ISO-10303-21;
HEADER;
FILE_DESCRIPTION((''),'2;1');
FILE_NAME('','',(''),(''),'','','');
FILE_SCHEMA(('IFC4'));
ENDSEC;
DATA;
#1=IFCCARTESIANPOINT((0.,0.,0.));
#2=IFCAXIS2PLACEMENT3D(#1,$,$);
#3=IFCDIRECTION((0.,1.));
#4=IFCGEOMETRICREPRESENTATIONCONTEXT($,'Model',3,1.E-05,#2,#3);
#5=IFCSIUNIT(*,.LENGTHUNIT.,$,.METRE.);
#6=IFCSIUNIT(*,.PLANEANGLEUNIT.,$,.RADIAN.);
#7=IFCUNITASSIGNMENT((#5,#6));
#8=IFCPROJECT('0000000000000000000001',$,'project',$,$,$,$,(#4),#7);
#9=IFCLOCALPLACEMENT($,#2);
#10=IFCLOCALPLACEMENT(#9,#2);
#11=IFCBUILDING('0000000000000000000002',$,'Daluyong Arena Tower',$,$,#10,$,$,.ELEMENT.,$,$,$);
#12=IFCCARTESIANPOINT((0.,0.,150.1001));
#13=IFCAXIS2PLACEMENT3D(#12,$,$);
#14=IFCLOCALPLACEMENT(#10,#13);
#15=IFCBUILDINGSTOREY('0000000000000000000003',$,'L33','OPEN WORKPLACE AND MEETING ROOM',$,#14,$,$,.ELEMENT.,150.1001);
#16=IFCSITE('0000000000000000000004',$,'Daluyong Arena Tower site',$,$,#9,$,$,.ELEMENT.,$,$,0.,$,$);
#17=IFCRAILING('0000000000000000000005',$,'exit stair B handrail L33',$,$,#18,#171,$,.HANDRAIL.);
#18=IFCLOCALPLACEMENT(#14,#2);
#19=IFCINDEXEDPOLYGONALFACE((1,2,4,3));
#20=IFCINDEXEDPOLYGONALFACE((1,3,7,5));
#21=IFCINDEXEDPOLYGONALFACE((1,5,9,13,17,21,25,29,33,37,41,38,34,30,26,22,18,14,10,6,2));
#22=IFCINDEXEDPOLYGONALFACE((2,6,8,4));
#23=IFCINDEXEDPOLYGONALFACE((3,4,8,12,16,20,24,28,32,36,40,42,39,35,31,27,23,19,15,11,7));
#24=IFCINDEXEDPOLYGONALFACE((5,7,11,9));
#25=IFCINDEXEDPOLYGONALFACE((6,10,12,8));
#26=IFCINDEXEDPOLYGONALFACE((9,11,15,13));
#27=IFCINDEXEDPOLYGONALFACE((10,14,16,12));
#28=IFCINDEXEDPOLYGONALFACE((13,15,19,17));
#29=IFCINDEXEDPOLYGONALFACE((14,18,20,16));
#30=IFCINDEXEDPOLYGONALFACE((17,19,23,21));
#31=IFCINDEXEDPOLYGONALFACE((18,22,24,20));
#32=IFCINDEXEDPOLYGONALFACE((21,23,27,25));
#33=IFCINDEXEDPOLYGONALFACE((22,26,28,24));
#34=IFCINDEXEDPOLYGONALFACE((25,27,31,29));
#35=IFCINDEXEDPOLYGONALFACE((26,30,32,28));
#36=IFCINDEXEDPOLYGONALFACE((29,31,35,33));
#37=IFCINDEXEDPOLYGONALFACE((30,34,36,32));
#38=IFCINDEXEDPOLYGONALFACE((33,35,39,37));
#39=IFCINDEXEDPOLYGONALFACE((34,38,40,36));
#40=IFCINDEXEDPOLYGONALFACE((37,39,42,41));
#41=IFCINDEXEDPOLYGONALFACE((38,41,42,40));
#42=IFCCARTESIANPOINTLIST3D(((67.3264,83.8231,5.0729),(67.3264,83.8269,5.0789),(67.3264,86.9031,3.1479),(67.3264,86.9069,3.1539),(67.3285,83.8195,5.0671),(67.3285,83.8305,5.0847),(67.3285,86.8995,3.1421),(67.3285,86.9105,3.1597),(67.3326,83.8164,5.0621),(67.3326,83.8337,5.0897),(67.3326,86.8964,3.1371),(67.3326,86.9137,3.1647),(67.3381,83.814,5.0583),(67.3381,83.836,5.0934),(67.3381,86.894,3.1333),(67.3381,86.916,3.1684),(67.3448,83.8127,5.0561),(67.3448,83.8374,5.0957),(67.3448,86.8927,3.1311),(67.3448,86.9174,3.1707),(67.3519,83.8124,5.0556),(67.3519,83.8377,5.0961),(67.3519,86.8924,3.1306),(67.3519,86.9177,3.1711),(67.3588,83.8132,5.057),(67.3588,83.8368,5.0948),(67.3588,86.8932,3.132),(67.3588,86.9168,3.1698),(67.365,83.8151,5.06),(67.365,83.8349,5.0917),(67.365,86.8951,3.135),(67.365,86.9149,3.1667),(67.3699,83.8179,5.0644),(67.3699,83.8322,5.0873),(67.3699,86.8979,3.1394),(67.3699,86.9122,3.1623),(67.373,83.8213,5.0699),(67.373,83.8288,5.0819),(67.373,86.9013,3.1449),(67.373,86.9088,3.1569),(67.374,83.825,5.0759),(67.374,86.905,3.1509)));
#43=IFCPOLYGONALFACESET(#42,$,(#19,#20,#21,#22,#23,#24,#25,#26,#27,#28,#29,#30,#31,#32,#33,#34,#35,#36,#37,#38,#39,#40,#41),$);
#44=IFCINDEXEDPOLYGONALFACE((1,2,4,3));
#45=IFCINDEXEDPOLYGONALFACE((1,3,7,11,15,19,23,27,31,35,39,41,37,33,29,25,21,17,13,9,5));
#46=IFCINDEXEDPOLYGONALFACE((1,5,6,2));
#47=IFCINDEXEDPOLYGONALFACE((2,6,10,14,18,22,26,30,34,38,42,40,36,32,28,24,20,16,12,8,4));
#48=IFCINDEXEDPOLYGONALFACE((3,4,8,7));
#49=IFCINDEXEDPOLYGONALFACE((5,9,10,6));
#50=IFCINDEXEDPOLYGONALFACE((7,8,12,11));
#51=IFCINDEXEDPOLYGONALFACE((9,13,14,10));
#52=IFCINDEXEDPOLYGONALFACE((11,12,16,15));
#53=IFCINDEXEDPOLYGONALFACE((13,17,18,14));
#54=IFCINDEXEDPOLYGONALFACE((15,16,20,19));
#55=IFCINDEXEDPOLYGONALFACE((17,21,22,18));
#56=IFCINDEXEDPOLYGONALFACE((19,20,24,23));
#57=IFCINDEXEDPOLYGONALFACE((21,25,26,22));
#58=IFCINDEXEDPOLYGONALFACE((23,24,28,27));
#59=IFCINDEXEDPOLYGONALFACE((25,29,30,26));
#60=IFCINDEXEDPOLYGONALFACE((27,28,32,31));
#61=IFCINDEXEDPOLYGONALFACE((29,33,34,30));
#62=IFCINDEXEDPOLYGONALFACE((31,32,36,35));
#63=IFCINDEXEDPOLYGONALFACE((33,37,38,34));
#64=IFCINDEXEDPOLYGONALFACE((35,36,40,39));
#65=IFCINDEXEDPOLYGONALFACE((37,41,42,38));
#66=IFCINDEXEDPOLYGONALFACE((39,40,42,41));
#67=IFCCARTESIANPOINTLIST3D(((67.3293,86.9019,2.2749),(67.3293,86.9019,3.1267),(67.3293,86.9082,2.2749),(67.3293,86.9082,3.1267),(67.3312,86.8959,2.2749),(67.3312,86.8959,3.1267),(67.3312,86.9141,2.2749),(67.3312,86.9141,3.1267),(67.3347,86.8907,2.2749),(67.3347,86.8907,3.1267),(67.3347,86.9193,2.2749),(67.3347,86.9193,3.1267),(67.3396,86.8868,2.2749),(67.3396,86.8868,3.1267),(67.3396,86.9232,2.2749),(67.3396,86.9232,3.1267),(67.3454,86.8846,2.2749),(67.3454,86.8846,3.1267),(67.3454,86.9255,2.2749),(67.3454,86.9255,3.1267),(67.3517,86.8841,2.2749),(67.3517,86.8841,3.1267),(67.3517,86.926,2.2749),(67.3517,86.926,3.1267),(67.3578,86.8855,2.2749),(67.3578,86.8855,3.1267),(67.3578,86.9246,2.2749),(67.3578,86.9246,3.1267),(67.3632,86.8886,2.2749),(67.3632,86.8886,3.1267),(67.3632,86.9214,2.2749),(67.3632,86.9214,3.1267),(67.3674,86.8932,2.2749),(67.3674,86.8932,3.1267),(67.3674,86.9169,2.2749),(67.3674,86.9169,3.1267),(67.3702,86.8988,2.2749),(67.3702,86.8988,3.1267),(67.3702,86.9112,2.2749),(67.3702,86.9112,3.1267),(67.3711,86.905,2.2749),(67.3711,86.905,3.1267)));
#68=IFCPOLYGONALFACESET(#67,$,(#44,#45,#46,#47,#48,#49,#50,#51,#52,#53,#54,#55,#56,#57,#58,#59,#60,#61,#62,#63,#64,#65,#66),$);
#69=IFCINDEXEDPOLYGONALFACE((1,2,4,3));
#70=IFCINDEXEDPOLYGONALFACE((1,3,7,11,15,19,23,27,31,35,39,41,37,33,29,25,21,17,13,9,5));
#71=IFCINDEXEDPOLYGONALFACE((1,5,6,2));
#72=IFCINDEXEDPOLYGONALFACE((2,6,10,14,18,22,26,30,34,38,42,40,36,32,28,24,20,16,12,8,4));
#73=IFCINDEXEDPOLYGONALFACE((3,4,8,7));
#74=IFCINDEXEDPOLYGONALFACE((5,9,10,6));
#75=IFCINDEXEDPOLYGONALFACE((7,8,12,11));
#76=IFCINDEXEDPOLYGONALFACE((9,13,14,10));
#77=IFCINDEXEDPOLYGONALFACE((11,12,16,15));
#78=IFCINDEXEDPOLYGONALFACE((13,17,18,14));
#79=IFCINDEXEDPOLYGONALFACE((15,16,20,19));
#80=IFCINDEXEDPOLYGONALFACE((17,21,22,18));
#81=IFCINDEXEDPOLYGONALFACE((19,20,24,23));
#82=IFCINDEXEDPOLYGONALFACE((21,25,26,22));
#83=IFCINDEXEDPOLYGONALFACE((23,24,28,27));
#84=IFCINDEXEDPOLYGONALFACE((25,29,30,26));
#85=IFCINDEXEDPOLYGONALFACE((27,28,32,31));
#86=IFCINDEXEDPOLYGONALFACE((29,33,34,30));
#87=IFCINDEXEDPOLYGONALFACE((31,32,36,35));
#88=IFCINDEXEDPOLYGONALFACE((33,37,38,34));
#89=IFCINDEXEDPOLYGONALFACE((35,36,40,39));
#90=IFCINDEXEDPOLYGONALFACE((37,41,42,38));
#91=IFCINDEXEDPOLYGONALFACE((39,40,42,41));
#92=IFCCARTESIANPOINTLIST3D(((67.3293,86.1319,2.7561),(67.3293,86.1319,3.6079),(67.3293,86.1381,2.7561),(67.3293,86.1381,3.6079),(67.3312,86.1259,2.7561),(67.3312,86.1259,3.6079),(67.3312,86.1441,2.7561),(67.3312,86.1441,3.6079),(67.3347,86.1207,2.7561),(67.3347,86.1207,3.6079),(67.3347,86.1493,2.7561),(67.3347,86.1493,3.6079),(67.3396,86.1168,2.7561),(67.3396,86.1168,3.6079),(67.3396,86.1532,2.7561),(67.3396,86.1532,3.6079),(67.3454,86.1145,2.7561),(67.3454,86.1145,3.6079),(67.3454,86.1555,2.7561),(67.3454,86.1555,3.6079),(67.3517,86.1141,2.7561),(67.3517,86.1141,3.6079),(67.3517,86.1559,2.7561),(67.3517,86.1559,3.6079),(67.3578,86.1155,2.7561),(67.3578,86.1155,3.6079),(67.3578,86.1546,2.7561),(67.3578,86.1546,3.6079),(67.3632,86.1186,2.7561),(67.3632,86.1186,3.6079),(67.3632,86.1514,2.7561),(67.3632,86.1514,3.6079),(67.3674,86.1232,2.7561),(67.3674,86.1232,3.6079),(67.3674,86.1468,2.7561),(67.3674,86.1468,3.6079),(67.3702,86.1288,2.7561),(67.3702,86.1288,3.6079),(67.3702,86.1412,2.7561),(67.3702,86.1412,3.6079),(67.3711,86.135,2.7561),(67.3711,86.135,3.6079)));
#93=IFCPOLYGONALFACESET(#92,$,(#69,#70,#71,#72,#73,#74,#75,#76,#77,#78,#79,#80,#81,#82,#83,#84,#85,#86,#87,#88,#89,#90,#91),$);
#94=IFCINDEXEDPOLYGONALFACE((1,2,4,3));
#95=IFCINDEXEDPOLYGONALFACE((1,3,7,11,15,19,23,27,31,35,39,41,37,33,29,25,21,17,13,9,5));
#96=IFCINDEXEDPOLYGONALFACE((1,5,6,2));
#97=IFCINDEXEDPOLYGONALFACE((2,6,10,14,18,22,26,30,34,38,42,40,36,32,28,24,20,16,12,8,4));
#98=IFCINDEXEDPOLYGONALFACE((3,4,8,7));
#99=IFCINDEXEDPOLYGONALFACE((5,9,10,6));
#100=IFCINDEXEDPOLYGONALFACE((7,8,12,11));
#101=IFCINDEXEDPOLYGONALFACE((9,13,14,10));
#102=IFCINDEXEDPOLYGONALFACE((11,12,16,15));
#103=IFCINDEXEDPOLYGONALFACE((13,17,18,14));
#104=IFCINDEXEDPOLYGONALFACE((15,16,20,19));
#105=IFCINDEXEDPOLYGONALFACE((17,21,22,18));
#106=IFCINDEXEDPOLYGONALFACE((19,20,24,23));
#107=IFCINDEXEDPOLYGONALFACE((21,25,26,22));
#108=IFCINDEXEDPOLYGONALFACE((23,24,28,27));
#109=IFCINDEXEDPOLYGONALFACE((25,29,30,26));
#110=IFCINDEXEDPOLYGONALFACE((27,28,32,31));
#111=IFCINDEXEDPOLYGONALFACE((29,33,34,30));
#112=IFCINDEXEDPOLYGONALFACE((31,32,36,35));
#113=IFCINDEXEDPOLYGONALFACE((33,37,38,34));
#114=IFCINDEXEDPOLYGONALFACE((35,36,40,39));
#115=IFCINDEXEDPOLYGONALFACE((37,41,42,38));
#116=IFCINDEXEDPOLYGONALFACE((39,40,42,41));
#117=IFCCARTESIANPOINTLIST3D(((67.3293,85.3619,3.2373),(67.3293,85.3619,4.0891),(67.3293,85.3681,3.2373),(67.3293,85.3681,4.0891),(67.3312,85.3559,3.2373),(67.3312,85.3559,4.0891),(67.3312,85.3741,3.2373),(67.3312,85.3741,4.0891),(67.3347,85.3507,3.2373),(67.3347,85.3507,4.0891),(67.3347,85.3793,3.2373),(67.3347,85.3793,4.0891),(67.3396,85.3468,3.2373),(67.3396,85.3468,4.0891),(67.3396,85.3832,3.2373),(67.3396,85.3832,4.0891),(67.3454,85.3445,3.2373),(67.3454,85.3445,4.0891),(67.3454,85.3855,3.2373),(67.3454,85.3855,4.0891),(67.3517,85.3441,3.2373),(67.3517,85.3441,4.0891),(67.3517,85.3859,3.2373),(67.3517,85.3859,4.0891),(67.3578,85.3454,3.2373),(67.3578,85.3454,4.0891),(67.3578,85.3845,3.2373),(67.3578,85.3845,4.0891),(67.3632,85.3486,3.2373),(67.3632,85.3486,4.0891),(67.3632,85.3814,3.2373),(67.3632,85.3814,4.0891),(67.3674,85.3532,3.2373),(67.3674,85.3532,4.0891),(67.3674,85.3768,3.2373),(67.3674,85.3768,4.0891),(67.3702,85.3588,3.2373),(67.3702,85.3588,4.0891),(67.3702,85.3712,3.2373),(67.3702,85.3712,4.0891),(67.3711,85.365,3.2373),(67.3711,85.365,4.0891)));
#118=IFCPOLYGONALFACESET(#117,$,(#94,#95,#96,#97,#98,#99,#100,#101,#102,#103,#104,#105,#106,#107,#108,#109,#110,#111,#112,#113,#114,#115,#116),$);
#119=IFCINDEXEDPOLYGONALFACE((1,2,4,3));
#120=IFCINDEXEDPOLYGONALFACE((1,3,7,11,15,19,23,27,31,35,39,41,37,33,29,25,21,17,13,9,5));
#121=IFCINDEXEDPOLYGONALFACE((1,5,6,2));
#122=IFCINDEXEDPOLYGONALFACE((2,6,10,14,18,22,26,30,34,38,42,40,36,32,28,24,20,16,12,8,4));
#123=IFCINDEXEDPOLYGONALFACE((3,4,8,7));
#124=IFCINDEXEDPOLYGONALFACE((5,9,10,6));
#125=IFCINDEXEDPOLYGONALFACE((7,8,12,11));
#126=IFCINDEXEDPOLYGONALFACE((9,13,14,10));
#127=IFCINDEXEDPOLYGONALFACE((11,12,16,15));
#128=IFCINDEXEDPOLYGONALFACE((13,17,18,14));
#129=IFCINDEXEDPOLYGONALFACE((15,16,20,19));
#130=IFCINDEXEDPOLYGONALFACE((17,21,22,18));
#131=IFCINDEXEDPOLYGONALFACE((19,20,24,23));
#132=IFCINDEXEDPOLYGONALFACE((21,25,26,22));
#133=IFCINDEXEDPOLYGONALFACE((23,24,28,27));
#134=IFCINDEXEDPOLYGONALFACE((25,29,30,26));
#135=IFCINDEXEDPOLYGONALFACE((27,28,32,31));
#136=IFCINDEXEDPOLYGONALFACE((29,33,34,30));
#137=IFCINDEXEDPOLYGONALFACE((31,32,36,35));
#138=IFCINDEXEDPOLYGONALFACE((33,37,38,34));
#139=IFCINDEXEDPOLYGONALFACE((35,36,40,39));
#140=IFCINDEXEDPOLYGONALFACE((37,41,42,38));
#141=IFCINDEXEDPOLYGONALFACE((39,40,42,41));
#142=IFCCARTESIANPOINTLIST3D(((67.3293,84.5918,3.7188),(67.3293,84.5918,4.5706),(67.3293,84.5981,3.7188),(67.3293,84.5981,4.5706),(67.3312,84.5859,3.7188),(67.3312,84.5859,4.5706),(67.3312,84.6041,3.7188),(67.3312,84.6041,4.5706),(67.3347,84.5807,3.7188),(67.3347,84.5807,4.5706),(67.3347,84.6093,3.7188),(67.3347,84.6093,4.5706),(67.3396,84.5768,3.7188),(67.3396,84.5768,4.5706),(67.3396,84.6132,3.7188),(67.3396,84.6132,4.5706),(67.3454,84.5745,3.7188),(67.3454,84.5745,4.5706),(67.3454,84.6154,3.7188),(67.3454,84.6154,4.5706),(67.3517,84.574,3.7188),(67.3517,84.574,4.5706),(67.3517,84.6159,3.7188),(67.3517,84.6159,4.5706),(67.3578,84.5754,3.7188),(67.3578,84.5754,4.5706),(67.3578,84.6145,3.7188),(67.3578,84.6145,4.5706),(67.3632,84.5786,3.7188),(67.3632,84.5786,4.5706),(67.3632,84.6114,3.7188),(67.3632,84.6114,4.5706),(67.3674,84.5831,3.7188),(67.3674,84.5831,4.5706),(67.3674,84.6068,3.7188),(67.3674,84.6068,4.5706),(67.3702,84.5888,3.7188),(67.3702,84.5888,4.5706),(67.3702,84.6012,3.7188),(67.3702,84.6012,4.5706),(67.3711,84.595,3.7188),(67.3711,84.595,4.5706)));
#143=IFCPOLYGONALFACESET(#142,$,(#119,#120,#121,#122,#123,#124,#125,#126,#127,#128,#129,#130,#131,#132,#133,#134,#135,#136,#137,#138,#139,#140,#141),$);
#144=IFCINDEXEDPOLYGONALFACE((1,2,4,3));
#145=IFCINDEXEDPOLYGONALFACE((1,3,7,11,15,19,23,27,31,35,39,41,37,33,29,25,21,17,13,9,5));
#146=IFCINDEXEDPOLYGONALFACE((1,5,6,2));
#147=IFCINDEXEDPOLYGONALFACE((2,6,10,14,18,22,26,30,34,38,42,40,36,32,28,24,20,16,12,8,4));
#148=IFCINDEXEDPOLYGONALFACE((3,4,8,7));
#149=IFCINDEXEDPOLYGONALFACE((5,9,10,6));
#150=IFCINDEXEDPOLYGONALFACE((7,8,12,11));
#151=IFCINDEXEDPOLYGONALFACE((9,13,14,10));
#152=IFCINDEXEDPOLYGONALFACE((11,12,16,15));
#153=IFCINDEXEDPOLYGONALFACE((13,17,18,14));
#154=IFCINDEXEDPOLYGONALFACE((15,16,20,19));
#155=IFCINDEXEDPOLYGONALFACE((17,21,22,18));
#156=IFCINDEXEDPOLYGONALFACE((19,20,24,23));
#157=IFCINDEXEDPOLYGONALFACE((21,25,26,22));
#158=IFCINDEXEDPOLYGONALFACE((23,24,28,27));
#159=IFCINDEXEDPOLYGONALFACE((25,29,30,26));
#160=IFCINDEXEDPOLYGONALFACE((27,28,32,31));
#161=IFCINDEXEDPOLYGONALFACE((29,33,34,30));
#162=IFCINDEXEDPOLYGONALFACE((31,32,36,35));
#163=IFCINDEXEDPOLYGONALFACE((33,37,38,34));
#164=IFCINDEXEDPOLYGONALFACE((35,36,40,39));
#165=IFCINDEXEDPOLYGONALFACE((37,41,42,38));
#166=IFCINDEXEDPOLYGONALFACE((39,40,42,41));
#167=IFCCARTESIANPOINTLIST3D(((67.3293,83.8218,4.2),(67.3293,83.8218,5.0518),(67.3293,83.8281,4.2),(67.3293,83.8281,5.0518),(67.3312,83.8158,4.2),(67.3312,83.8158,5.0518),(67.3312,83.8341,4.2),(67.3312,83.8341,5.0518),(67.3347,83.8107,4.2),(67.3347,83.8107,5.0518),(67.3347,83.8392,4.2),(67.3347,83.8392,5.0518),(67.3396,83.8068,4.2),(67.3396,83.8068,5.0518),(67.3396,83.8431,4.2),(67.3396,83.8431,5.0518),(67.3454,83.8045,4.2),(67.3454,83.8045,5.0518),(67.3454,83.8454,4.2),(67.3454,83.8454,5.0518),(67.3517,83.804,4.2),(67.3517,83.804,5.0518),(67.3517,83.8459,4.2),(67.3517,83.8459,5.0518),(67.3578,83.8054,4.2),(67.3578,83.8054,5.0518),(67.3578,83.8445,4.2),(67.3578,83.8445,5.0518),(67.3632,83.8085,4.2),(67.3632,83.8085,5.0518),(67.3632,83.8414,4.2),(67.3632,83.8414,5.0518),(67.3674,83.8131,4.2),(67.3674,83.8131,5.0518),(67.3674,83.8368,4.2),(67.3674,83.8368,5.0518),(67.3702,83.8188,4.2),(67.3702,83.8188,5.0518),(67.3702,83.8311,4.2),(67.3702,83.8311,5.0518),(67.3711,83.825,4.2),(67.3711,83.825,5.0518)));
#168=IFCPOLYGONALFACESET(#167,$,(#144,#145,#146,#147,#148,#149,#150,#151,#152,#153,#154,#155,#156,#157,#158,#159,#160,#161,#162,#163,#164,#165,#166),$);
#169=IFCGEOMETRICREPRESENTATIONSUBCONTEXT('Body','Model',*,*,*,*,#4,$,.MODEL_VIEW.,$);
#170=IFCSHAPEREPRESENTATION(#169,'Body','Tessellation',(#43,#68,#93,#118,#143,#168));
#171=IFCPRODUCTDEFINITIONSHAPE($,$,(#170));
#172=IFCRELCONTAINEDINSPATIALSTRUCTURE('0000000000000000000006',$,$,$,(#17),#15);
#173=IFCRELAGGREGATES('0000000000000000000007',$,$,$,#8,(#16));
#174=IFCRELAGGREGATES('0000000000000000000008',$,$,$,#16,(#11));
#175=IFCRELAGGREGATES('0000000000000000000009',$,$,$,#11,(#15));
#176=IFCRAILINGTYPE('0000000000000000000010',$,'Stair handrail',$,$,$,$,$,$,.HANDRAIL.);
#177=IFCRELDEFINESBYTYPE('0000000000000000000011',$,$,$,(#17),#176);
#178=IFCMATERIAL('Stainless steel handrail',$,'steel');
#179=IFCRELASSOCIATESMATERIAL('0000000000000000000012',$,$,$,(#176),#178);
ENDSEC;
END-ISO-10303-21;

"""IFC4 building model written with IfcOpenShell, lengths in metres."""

from ifc_helpers import new_model, si_unit, direction, frame, origin, origin_2d, place, context, subcontext, project, spatial, circle, extrude, material, type_object, element, save


model = new_model("IFC4")

# Units and contexts
model_context = context("Model", 3, precision=1e-05, world=origin(), true_north=direction((0.0, 1.0)))
body_context = subcontext(model_context, "Body", "Model", "MODEL_VIEW")
ifc_project = project(units=[si_unit("LENGTHUNIT", "METRE"), si_unit("PLANEANGLEUNIT", "RADIAN")], contexts=[model_context])

# Site, building, storey
site_placement = place(None, origin())
site = spatial("IfcSite", under=ifc_project, at=site_placement, Name="Daluyong Arena Tower site", CompositionType="ELEMENT", RefElevation=0.0)
building_placement = place(site_placement, origin())
building = spatial("IfcBuilding", under=site, at=building_placement, Name="Daluyong Arena Tower", CompositionType="ELEMENT")
storey_placement = place(building_placement, frame((0.0, 0.0, 150.1001)))
storey = spatial("IfcBuildingStorey", under=building, at=storey_placement, Name="L33", Description="OPEN WORKPLACE AND MEETING ROOM", CompositionType="ELEMENT", Elevation=150.1001)

# Railing
ifc_material_1 = material(Name="Stainless steel handrail", Category="steel")
railing_type_1 = type_object("IfcRailingType", Name="Stair handrail", PredefinedType="HANDRAIL", material=ifc_material_1)
railing_1_placement = place(storey_placement, frame((67.3501, 86.905, 2.2749)))
element("IfcRailing", 1, at=railing_1_placement, inside=storey, type_object=railing_type_1, Name="exit stair B handrail L33", PredefinedType="HANDRAIL", context=body_context, shape_type="SweptSolid", body=[
    extrude(circle(Radius=0.0239, at=origin_2d()), frame((0.0, 0.0, 0.876), z_axis=(0.0, -0.847998, 0.529999), x_axis=(1.0, 0.0, 0.0)), (0.0, 0.0, 1.0), 3.6321),
    extrude(circle(Radius=0.021, at=origin_2d()), origin(), (0.0, 0.0, 1.0), 0.8518),
    extrude(circle(Radius=0.021, at=origin_2d()), frame((0.0, -0.77, 0.4812)), (0.0, 0.0, 1.0), 0.8518),
    extrude(circle(Radius=0.021, at=origin_2d()), frame((0.0, -1.54, 0.9624)), (0.0, 0.0, 1.0), 0.8518),
    extrude(circle(Radius=0.021, at=origin_2d()), frame((0.0, -2.3101, 1.4438)), (0.0, 0.0, 1.0), 0.8518),
    extrude(circle(Radius=0.021, at=origin_2d()), frame((0.0, -3.0801, 1.925)), (0.0, 0.0, 1.0), 0.8518),
])

save(model, "model.ifc")
